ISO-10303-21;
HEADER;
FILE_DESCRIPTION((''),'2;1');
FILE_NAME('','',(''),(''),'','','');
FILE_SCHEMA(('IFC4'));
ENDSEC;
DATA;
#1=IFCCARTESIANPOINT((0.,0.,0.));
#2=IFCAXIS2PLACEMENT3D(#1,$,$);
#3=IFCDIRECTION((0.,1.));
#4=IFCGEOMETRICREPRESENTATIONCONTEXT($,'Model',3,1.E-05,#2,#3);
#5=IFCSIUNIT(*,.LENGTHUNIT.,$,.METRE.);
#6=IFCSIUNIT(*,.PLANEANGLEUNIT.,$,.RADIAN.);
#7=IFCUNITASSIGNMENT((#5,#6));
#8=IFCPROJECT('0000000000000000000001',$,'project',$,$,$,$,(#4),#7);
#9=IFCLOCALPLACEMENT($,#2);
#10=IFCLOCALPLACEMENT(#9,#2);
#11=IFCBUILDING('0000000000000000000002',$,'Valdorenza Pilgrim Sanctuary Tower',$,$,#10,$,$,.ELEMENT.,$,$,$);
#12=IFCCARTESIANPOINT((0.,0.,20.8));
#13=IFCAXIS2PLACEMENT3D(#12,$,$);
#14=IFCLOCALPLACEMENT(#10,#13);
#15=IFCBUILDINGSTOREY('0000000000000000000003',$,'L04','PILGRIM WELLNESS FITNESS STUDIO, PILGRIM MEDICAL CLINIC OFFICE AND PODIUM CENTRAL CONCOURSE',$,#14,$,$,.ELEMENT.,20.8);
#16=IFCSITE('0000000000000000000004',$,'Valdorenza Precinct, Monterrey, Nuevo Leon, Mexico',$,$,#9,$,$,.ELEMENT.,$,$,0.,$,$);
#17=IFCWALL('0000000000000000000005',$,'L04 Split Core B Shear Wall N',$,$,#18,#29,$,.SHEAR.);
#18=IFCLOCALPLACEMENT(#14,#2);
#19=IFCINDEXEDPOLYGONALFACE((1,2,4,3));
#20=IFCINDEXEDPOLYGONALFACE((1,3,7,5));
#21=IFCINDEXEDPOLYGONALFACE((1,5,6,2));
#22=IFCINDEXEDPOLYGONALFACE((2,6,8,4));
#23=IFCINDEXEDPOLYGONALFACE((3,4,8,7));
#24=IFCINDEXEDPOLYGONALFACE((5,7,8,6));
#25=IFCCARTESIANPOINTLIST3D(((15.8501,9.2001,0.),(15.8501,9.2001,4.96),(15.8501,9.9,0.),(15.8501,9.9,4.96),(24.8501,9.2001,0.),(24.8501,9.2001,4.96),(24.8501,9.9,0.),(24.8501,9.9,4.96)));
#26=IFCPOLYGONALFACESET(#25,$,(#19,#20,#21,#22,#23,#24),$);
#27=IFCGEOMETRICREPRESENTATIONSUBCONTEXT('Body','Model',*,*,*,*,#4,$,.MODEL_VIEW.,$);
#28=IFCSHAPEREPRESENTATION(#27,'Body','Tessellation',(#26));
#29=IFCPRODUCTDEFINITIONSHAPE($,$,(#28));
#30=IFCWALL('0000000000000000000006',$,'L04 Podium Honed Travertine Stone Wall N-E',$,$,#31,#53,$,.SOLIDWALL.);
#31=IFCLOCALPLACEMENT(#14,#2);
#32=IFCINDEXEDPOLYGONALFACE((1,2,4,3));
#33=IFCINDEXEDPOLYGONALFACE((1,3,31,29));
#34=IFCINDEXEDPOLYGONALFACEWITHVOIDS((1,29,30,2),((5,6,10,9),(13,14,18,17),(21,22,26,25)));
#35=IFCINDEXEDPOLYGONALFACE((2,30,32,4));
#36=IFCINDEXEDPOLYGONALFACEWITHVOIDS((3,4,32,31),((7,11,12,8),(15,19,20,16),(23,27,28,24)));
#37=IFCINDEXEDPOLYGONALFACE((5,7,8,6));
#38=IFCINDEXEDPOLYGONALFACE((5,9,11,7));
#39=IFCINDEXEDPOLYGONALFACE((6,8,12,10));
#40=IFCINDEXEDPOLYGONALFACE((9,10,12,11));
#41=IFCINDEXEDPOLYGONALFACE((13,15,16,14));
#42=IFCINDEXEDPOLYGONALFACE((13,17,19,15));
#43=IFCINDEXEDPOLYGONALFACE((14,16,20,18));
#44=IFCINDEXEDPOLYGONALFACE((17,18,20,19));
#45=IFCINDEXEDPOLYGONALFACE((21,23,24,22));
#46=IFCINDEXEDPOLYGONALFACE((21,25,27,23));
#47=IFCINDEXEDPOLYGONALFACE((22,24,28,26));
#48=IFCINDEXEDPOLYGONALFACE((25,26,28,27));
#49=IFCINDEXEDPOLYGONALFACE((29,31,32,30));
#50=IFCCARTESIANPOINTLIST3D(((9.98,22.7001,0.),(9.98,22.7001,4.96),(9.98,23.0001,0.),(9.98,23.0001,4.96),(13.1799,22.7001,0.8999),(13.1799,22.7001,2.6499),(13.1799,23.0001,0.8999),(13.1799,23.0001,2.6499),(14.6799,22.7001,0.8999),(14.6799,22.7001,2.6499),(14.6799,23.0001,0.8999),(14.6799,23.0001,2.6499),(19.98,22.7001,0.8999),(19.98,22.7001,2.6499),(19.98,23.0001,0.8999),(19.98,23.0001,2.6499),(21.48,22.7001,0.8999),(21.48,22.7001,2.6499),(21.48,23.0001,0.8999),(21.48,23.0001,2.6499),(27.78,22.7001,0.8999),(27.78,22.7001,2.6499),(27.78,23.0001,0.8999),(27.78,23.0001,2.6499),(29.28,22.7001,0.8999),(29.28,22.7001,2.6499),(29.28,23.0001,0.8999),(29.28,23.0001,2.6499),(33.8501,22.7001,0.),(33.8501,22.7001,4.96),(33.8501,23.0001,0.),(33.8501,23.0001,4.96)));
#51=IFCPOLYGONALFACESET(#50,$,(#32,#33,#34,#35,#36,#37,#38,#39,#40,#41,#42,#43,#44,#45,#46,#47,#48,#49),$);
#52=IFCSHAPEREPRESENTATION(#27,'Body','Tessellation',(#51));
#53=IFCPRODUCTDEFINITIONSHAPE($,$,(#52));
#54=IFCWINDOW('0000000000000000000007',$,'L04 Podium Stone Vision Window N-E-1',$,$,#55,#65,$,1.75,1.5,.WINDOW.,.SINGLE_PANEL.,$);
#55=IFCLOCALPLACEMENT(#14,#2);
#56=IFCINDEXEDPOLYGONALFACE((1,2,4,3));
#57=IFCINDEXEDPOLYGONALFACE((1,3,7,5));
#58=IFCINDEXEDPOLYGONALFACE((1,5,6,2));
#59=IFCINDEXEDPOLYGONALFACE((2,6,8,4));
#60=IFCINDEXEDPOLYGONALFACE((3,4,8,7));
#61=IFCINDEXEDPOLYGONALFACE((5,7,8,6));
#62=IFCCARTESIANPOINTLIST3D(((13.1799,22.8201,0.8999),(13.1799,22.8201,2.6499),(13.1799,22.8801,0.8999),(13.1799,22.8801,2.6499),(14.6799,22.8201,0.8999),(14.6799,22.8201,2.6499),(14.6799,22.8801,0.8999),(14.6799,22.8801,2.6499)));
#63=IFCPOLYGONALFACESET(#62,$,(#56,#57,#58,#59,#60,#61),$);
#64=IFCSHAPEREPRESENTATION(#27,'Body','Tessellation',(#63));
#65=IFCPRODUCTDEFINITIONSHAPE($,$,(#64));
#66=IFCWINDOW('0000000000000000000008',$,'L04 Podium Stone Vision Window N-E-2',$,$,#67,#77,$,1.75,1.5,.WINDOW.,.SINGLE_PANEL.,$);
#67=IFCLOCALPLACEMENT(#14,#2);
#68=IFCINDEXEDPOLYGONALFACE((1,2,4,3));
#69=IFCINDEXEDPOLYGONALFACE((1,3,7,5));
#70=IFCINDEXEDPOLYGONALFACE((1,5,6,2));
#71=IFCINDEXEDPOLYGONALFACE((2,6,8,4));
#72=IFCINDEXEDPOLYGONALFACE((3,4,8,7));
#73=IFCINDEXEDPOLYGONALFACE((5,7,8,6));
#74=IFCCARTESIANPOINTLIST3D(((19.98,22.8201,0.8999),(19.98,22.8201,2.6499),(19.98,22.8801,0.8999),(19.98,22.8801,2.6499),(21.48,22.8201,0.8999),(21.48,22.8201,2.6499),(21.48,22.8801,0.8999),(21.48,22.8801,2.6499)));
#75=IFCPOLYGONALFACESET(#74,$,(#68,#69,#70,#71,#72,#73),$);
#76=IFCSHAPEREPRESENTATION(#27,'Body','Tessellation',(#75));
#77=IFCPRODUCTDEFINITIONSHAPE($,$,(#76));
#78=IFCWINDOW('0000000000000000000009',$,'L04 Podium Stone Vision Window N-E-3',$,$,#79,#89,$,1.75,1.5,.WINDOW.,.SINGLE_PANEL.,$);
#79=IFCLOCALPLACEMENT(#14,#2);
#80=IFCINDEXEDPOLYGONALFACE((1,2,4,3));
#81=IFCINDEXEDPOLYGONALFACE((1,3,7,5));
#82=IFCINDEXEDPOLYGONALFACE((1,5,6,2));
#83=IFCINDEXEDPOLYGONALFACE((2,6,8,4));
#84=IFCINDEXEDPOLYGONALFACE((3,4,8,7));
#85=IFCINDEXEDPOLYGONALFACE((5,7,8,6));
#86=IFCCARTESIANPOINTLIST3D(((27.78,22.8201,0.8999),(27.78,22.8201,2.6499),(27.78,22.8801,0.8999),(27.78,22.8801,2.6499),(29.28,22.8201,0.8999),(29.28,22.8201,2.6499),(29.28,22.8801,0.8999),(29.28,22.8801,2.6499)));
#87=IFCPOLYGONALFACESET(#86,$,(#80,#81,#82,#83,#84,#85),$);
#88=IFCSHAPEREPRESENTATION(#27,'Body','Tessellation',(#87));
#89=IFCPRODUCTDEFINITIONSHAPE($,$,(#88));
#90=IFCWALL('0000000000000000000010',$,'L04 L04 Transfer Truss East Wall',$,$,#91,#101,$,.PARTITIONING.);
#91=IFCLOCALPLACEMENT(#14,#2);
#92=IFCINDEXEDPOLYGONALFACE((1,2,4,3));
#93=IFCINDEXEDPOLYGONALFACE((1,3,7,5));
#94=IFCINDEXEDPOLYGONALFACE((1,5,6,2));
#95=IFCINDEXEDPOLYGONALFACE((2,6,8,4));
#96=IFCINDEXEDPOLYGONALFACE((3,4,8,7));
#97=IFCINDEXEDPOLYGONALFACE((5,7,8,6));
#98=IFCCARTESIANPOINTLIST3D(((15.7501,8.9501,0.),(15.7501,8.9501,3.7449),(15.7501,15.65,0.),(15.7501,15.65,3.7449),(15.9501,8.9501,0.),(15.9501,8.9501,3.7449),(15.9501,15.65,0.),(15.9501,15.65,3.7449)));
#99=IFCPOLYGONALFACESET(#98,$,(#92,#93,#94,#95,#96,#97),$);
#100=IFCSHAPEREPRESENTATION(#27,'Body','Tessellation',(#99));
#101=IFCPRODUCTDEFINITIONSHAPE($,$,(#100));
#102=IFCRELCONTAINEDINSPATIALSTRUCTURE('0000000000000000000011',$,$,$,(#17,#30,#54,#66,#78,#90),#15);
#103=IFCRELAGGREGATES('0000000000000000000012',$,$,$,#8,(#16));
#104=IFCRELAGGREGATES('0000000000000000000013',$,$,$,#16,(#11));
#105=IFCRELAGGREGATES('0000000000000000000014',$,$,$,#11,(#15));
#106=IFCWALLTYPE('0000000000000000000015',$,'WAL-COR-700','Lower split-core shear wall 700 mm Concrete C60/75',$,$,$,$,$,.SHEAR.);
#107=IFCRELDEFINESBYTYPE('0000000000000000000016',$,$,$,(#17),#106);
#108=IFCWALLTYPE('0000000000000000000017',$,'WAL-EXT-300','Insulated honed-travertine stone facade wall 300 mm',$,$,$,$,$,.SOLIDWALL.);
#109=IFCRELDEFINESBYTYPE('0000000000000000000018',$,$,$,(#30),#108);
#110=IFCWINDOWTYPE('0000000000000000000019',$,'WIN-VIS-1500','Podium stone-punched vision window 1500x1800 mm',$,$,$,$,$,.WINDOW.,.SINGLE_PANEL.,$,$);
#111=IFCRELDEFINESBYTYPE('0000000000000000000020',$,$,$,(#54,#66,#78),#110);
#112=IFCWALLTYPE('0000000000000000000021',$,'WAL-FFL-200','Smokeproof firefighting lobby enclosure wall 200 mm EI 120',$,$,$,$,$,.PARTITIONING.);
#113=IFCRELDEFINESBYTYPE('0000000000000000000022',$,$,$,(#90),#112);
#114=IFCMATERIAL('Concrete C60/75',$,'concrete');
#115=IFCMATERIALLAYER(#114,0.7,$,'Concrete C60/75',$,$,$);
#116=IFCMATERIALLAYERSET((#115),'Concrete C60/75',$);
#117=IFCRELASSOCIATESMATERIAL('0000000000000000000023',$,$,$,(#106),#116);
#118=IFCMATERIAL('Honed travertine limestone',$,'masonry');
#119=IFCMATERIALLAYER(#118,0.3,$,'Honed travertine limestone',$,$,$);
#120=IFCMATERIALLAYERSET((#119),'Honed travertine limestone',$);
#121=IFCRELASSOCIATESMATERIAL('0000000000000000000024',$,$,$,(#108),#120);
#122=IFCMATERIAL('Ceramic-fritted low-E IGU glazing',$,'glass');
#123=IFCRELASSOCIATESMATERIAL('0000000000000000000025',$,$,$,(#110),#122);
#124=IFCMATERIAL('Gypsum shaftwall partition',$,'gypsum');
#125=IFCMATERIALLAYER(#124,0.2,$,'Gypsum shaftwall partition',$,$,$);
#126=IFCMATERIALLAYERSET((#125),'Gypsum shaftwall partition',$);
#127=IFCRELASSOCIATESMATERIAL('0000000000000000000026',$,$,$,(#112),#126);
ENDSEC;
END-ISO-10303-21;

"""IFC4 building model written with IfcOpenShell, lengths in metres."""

from ifc_helpers import new_model, si_unit, direction, frame, frame_2d, origin, place, context, subcontext, project, spatial, rectangle, extrude, material, layer, layer_set, type_object, element, fill, save


model = new_model("IFC4")

# Units and contexts
model_context = context("Model", 3, precision=1e-05, world=origin(), true_north=direction((0.0, 1.0)))
body_context = subcontext(model_context, "Body", "Model", "MODEL_VIEW")
ifc_project = project(units=[si_unit("LENGTHUNIT", "METRE"), si_unit("PLANEANGLEUNIT", "RADIAN")], contexts=[model_context])

# Site, building, storey
site_placement = place(None, origin())
site = spatial("IfcSite", under=ifc_project, at=site_placement, Name="Valdorenza Precinct, Monterrey, Nuevo Leon, Mexico", CompositionType="ELEMENT", RefElevation=0.0)
building_placement = place(site_placement, origin())
building = spatial("IfcBuilding", under=site, at=building_placement, Name="Valdorenza Pilgrim Sanctuary Tower", CompositionType="ELEMENT")
storey_placement = place(building_placement, frame((0.0, 0.0, 20.8)))
storey = spatial("IfcBuildingStorey", under=building, at=storey_placement, Name="L04", Description="PILGRIM WELLNESS FITNESS STUDIO, PILGRIM MEDICAL CLINIC OFFICE AND PODIUM CENTRAL CONCOURSE", CompositionType="ELEMENT", Elevation=20.8)

# Shared definitions
ifc_material_1 = material(Name="Concrete C60/75", Category="concrete")

# Wall
ifc_layer_1 = layer(ifc_material_1, 0.7, Name="Concrete C60/75")
ifc_layer_set_1 = layer_set([ifc_layer_1], Name="Concrete C60/75")
wall_type_1 = type_object("IfcWallType", Name="WAL-COR-700", Description="Lower split-core shear wall 700 mm Concrete C60/75", PredefinedType="SHEAR", material=ifc_layer_set_1)
wall_1_placement = place(storey_placement, frame((15.8501, 9.55, 0.0), z_axis=(0.0, 0.0, 1.0), x_axis=(1.0, 0.0, 0.0)))
element("IfcWall", 1, at=wall_1_placement, inside=storey, type_object=wall_type_1, Name="L04 Split Core B Shear Wall N", PredefinedType="SHEAR", context=body_context, shape_type="SweptSolid", body=[
    extrude(rectangle(XDim=9.0, YDim=0.7, at=frame_2d((4.5, 0.0))), origin(), (0.0, 0.0, 1.0), 4.96),
])

# Wall, openings, windows
ifc_material_2 = material(Name="Honed travertine limestone", Category="masonry")
ifc_layer_2 = layer(ifc_material_2, 0.3, Name="Honed travertine limestone")
ifc_layer_set_2 = layer_set([ifc_layer_2], Name="Honed travertine limestone")
wall_type_2 = type_object("IfcWallType", Name="WAL-EXT-300", Description="Insulated honed-travertine stone facade wall 300 mm", PredefinedType="SOLIDWALL", material=ifc_layer_set_2)
wall_2_placement = place(storey_placement, frame((9.98, 22.8501, 0.0), z_axis=(0.0, 0.0, 1.0), x_axis=(1.0, 0.0, 0.0)))
wall_2 = element("IfcWall", 2, at=wall_2_placement, inside=storey, type_object=wall_type_2, Name="L04 Podium Honed Travertine Stone Wall N-E", PredefinedType="SOLIDWALL", context=body_context, shape_type="SweptSolid", body=[
    extrude(rectangle(XDim=23.8701, YDim=0.3, at=frame_2d((11.9351, 0.0))), origin(), (0.0, 0.0, 1.0), 4.96),
])
opening_1_placement = place(wall_2_placement, frame((3.2, 0.0, 0.8999)))
opening_1 = element("IfcOpeningElement", 3, at=opening_1_placement, cuts=wall_2, PredefinedType="OPENING", context=body_context, shape_type="SweptSolid", body=[
    extrude(rectangle(XDim=1.5, YDim=1.75, at=frame_2d((0.75, 0.875))), frame((0.0, 0.165, 0.0), z_axis=(0.0, -1.0, 0.0), x_axis=(1.0, 0.0, 0.0)), (0.0, 0.0, 1.0), 0.3298),
])
opening_2_placement = place(wall_2_placement, frame((10.0, 0.0, 0.8999)))
opening_2 = element("IfcOpeningElement", 4, at=opening_2_placement, cuts=wall_2, PredefinedType="OPENING", context=body_context, shape_type="SweptSolid", body=[
    extrude(rectangle(XDim=1.5, YDim=1.75, at=frame_2d((0.75, 0.875))), frame((0.0, 0.165, 0.0), z_axis=(0.0, -1.0, 0.0), x_axis=(1.0, 0.0, 0.0)), (0.0, 0.0, 1.0), 0.3298),
])
opening_3_placement = place(wall_2_placement, frame((17.8, 0.0, 0.8999)))
opening_3 = element("IfcOpeningElement", 5, at=opening_3_placement, cuts=wall_2, PredefinedType="OPENING", context=body_context, shape_type="SweptSolid", body=[
    extrude(rectangle(XDim=1.5, YDim=1.75, at=frame_2d((0.75, 0.875))), frame((0.0, 0.165, 0.0), z_axis=(0.0, -1.0, 0.0), x_axis=(1.0, 0.0, 0.0)), (0.0, 0.0, 1.0), 0.3298),
])
ifc_material_3 = material(Name="Ceramic-fritted low-E IGU glazing", Category="glass")
window_type = type_object("IfcWindowType", Name="WIN-VIS-1500", Description="Podium stone-punched vision window 1500x1800 mm", PartitioningType="SINGLE_PANEL", PredefinedType="WINDOW", material=ifc_material_3)
window_1_placement = place(opening_1_placement, origin())
window_1 = element("IfcWindow", 6, at=window_1_placement, inside=storey, type_object=window_type, Name="L04 Podium Stone Vision Window N-E-1", OverallHeight=1.75, OverallWidth=1.5, PartitioningType="SINGLE_PANEL", PredefinedType="WINDOW", context=body_context, shape_type="SweptSolid", body=[
    extrude(rectangle(XDim=1.5, YDim=1.75, at=frame_2d((0.75, 0.875))), frame((0.0, 0.03, 0.0), z_axis=(0.0, -1.0, 0.0), x_axis=(1.0, 0.0, 0.0)), (0.0, 0.0, 1.0), 0.0601),
])
fill(opening_1, window_1)
window_2_placement = place(opening_2_placement, origin())
window_2 = element("IfcWindow", 7, at=window_2_placement, inside=storey, type_object=window_type, Name="L04 Podium Stone Vision Window N-E-2", OverallHeight=1.75, OverallWidth=1.5, PartitioningType="SINGLE_PANEL", PredefinedType="WINDOW", context=body_context, shape_type="SweptSolid", body=[
    extrude(rectangle(XDim=1.5, YDim=1.75, at=frame_2d((0.75, 0.875))), frame((0.0, 0.03, 0.0), z_axis=(0.0, -1.0, 0.0), x_axis=(1.0, 0.0, 0.0)), (0.0, 0.0, 1.0), 0.0601),
])
fill(opening_2, window_2)
window_3_placement = place(opening_3_placement, origin())
window_3 = element("IfcWindow", 8, at=window_3_placement, inside=storey, type_object=window_type, Name="L04 Podium Stone Vision Window N-E-3", OverallHeight=1.75, OverallWidth=1.5, PartitioningType="SINGLE_PANEL", PredefinedType="WINDOW", context=body_context, shape_type="SweptSolid", body=[
    extrude(rectangle(XDim=1.5, YDim=1.75, at=frame_2d((0.75, 0.875))), frame((0.0, 0.03, 0.0), z_axis=(0.0, -1.0, 0.0), x_axis=(1.0, 0.0, 0.0)), (0.0, 0.0, 1.0), 0.0601),
])
fill(opening_3, window_3)

# Wall
ifc_material_4 = material(Name="Gypsum shaftwall partition", Category="gypsum")
ifc_layer_3 = layer(ifc_material_4, 0.2, Name="Gypsum shaftwall partition")
ifc_layer_set_3 = layer_set([ifc_layer_3], Name="Gypsum shaftwall partition")
wall_type_3 = type_object("IfcWallType", Name="WAL-FFL-200", Description="Smokeproof firefighting lobby enclosure wall 200 mm EI 120", PredefinedType="PARTITIONING", material=ifc_layer_set_3)
wall_3_placement = place(storey_placement, frame((15.8501, 8.95, 0.0), z_axis=(0.0, 0.0, 1.0), x_axis=(0.0, 1.0, 0.0)))
element("IfcWall", 9, at=wall_3_placement, inside=storey, type_object=wall_type_3, Name="L04 L04 Transfer Truss East Wall", PredefinedType="PARTITIONING", context=body_context, shape_type="SweptSolid", body=[
    extrude(rectangle(XDim=6.7, YDim=0.2, at=frame_2d((3.3501, 0.0))), origin(), (0.0, 0.0, 1.0), 3.7449),
])

save(model, "model.ifc")
